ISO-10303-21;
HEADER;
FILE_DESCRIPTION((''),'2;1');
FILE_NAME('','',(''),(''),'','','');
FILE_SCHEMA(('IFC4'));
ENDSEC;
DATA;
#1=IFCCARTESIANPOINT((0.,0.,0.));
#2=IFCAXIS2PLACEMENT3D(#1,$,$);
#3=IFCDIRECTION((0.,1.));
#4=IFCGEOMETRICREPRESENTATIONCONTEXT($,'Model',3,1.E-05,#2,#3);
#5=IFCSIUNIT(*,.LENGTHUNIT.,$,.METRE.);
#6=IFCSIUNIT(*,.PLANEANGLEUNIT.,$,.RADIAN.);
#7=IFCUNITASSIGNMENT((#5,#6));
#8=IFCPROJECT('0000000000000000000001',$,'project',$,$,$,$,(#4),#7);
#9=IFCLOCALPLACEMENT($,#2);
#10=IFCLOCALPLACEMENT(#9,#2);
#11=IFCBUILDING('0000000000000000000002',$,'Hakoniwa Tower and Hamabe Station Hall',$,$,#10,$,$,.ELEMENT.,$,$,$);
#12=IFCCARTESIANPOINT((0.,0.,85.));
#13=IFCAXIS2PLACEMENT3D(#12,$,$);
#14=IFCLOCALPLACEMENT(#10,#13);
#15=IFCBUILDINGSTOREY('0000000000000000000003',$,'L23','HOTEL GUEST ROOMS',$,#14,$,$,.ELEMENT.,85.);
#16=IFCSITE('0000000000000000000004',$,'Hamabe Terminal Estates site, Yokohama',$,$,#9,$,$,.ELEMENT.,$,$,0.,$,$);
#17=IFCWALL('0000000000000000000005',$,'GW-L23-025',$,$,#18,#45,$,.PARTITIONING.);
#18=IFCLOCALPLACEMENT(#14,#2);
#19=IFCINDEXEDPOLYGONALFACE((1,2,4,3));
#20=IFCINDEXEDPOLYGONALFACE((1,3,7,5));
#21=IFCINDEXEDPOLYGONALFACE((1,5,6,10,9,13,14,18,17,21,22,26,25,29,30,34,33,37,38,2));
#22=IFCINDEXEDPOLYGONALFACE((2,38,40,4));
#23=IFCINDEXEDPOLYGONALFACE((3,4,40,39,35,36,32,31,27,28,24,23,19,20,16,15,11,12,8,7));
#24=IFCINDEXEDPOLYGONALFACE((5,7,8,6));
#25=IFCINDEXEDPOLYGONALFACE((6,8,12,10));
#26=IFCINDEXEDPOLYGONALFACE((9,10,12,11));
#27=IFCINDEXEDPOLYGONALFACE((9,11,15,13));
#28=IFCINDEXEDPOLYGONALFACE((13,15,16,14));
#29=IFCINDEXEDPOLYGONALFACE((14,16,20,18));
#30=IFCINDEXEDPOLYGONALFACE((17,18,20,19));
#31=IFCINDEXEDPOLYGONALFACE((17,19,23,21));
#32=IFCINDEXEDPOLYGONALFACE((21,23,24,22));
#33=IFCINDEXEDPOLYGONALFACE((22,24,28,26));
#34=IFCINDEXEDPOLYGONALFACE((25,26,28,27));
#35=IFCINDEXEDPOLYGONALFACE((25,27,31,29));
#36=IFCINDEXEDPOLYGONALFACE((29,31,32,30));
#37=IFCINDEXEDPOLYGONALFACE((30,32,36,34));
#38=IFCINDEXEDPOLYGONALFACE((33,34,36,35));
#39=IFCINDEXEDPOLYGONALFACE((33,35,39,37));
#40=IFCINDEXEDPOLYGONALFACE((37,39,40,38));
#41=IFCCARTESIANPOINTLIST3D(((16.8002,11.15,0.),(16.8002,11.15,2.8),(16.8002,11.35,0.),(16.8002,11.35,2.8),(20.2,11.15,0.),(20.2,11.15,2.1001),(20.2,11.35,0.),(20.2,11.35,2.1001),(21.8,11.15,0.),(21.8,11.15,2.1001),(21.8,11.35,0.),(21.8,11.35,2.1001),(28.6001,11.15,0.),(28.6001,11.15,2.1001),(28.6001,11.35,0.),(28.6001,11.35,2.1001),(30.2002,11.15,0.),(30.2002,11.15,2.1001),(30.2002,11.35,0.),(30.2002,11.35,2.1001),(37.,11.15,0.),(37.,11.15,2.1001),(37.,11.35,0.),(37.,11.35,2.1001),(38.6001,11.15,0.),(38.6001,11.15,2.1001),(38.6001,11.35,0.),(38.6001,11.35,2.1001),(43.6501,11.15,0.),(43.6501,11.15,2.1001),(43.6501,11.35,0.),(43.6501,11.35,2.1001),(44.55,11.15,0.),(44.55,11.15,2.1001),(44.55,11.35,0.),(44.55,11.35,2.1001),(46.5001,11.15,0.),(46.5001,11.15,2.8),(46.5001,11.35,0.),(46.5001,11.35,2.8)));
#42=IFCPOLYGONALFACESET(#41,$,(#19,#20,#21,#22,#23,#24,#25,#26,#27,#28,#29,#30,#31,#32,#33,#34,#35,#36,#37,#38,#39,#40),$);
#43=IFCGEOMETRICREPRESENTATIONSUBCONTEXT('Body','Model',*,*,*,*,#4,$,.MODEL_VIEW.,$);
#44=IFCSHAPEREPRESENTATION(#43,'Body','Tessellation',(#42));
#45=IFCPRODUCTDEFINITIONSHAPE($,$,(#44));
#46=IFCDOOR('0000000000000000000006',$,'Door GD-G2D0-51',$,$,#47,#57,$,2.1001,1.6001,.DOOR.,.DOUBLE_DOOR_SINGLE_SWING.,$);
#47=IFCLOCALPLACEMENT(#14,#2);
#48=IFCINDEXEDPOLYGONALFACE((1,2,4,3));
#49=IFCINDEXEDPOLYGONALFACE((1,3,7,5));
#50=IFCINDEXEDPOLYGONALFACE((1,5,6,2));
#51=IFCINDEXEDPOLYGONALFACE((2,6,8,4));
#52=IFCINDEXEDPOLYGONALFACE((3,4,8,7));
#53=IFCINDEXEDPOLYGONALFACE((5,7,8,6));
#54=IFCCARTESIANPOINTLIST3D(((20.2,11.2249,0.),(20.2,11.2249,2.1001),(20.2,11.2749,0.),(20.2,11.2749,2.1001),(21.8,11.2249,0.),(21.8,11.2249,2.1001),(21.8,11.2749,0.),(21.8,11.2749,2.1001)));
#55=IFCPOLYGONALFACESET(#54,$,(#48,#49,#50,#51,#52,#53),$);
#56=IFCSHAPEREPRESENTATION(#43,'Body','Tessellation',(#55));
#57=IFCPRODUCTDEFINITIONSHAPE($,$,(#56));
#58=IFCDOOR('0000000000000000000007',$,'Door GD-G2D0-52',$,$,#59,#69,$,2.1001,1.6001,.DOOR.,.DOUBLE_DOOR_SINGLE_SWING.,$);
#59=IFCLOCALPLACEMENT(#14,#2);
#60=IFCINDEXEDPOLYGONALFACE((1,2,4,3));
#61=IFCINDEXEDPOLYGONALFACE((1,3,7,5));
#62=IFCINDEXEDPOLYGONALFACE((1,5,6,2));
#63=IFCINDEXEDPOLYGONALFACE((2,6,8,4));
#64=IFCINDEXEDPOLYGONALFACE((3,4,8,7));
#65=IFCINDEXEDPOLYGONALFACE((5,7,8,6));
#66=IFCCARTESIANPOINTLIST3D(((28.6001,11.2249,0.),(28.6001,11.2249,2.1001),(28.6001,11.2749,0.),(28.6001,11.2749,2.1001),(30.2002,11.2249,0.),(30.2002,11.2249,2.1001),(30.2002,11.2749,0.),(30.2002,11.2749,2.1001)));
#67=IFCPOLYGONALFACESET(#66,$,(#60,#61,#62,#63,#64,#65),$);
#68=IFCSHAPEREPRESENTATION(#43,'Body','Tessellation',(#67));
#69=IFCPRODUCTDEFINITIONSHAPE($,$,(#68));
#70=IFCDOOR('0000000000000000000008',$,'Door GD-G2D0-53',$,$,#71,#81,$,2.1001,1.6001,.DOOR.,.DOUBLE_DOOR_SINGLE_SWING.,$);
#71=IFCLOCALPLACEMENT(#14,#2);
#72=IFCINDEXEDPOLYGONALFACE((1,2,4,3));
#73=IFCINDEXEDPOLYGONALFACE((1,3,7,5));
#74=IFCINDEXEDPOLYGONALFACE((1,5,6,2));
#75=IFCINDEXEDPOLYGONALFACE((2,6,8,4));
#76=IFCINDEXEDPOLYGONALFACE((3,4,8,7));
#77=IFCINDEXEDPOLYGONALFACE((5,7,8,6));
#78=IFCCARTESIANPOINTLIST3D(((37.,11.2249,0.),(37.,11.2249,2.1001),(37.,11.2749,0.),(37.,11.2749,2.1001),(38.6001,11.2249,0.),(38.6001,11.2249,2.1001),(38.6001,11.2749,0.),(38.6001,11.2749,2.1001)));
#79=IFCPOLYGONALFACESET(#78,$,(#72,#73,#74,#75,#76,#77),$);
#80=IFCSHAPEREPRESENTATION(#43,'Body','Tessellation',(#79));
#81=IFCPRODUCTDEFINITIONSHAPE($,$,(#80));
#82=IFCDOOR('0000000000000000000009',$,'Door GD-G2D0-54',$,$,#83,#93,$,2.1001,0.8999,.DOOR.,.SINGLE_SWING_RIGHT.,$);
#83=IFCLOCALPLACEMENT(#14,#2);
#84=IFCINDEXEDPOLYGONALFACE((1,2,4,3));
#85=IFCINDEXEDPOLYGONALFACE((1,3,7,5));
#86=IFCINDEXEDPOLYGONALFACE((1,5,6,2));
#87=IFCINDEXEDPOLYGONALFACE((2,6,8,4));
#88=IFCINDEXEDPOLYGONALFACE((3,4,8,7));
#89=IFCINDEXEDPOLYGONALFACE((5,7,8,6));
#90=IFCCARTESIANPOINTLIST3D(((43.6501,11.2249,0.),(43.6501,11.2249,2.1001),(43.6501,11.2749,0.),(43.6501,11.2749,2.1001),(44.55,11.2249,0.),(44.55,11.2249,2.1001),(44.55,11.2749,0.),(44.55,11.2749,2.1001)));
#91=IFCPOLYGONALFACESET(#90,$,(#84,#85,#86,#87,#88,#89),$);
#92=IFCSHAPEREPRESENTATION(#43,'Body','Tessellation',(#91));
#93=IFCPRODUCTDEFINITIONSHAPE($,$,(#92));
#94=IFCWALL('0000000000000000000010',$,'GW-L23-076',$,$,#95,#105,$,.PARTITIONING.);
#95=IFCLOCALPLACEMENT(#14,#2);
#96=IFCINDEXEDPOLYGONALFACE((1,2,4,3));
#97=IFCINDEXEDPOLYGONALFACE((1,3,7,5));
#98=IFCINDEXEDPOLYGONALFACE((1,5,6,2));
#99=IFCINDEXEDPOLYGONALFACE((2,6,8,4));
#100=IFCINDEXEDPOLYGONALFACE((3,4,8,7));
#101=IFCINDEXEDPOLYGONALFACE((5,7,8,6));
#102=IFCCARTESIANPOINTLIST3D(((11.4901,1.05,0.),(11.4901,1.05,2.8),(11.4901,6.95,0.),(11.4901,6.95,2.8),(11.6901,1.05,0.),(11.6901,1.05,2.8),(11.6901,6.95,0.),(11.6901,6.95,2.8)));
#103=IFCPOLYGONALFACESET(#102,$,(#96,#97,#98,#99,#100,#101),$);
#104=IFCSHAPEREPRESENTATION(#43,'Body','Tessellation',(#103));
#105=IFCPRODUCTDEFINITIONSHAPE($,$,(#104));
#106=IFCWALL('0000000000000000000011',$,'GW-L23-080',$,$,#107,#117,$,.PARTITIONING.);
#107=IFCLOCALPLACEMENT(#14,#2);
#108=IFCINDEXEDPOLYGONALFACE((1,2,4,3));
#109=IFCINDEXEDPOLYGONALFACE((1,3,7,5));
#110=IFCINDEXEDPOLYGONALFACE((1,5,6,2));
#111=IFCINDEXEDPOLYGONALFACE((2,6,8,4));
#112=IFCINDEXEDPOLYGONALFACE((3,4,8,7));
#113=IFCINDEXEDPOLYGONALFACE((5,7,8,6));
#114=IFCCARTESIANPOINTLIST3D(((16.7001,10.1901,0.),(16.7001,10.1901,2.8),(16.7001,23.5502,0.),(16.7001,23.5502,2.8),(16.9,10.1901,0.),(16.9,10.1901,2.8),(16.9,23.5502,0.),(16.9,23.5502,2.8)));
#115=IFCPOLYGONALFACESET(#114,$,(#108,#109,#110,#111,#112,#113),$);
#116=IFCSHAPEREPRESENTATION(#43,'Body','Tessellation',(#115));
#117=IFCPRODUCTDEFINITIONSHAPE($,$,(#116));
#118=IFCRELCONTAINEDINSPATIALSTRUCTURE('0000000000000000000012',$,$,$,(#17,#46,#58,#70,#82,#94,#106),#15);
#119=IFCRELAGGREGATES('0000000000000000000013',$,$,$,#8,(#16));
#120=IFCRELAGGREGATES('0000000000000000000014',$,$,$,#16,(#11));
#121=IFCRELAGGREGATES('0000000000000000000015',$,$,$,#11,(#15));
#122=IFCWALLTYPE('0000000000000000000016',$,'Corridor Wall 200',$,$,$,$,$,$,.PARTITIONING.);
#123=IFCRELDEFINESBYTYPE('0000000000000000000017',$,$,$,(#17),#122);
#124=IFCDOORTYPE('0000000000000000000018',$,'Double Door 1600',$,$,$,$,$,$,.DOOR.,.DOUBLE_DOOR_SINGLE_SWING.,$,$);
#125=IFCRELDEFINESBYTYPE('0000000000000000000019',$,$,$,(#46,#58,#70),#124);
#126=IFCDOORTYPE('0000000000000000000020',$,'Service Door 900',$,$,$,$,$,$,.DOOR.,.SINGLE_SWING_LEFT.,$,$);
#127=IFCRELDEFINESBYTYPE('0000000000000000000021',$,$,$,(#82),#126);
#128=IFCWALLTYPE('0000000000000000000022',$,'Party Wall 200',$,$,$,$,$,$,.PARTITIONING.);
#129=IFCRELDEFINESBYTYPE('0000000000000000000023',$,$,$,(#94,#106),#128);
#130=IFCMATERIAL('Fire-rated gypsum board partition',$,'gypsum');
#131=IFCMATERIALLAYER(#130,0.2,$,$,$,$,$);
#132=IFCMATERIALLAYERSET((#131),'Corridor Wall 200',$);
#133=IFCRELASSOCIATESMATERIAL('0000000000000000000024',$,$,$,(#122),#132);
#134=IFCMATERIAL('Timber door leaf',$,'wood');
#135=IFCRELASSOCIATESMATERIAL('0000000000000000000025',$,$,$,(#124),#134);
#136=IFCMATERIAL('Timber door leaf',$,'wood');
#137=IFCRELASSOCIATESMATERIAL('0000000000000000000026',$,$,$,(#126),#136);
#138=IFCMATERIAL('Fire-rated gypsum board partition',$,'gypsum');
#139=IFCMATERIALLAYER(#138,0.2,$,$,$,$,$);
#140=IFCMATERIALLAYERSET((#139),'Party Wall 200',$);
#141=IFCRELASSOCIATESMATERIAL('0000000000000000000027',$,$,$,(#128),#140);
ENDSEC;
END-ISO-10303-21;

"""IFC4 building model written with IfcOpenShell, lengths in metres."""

from ifc_helpers import new_model, si_unit, direction, frame, frame_2d, origin, place, context, subcontext, project, spatial, rectangle, extrude, material, layer, layer_set, type_object, element, fill, save


model = new_model("IFC4")

# Units and contexts
model_context = context("Model", 3, precision=1e-05, world=origin(), true_north=direction((0.0, 1.0)))
body_context = subcontext(model_context, "Body", "Model", "MODEL_VIEW")
ifc_project = project(units=[si_unit("LENGTHUNIT", "METRE"), si_unit("PLANEANGLEUNIT", "RADIAN")], contexts=[model_context])

# Site, building, storey
site_placement = place(None, origin())
site = spatial("IfcSite", under=ifc_project, at=site_placement, Name="Hamabe Terminal Estates site, Yokohama", CompositionType="ELEMENT", RefElevation=0.0)
building_placement = place(site_placement, origin())
building = spatial("IfcBuilding", under=site, at=building_placement, Name="Hakoniwa Tower and Hamabe Station Hall", CompositionType="ELEMENT")
storey_placement = place(building_placement, frame((0.0, 0.0, 85.0)))
storey = spatial("IfcBuildingStorey", under=building, at=storey_placement, Name="L23", Description="HOTEL GUEST ROOMS", CompositionType="ELEMENT", Elevation=85.0)

# Wall, openings, doors
ifc_material_1 = material(Name="Fire-rated gypsum board partition", Category="gypsum")
ifc_layer_1 = layer(ifc_material_1, 0.2)
ifc_layer_set_1 = layer_set([ifc_layer_1], Name="Corridor Wall 200")
wall_type_1 = type_object("IfcWallType", Name="Corridor Wall 200", PredefinedType="PARTITIONING", material=ifc_layer_set_1)
wall_1_placement = place(storey_placement, frame((16.8, 11.25, 0.0), z_axis=(0.0, 0.0, 1.0), x_axis=(1.0, 0.0, 0.0)))
wall_1 = element("IfcWall", 1, at=wall_1_placement, inside=storey, type_object=wall_type_1, Name="GW-L23-025", PredefinedType="PARTITIONING", context=body_context, shape_type="SweptSolid", body=[
    extrude(rectangle(XDim=29.7, YDim=0.2, at=frame_2d((14.8501, 0.0))), origin(), (0.0, 0.0, 1.0), 2.8),
])
opening_1_placement = place(wall_1_placement, frame((3.3999, 0.0, 0.0)))
opening_1 = element("IfcOpeningElement", 2, at=opening_1_placement, cuts=wall_1, PredefinedType="OPENING", context=body_context, shape_type="SweptSolid", body=[
    extrude(rectangle(XDim=1.6001, YDim=2.1001, at=frame_2d((0.8, 1.05))), frame((0.0, 0.1099, 0.0), z_axis=(0.0, -1.0, 0.0), x_axis=(1.0, 0.0, 0.0)), (0.0, 0.0, 1.0), 0.22),
])
opening_2_placement = place(wall_1_placement, frame((11.8, 0.0, 0.0)))
opening_2 = element("IfcOpeningElement", 3, at=opening_2_placement, cuts=wall_1, PredefinedType="OPENING", context=body_context, shape_type="SweptSolid", body=[
    extrude(rectangle(XDim=1.6001, YDim=2.1001, at=frame_2d((0.8, 1.05))), frame((0.0, 0.1099, 0.0), z_axis=(0.0, -1.0, 0.0), x_axis=(1.0, 0.0, 0.0)), (0.0, 0.0, 1.0), 0.22),
])
opening_3_placement = place(wall_1_placement, frame((20.2, 0.0, 0.0)))
opening_3 = element("IfcOpeningElement", 4, at=opening_3_placement, cuts=wall_1, PredefinedType="OPENING", context=body_context, shape_type="SweptSolid", body=[
    extrude(rectangle(XDim=1.6001, YDim=2.1001, at=frame_2d((0.8, 1.05))), frame((0.0, 0.1099, 0.0), z_axis=(0.0, -1.0, 0.0), x_axis=(1.0, 0.0, 0.0)), (0.0, 0.0, 1.0), 0.22),
])
opening_4_placement = place(wall_1_placement, frame((26.8501, 0.0, 0.0)))
opening_4 = element("IfcOpeningElement", 5, at=opening_4_placement, cuts=wall_1, PredefinedType="OPENING", context=body_context, shape_type="SweptSolid", body=[
    extrude(rectangle(XDim=0.8999, YDim=2.1001, at=frame_2d((0.45, 1.05))), frame((0.0, 0.1099, 0.0), z_axis=(0.0, -1.0, 0.0), x_axis=(1.0, 0.0, 0.0)), (0.0, 0.0, 1.0), 0.22),
])
ifc_material_2 = material(Name="Timber door leaf", Category="wood")
door_type_1 = type_object("IfcDoorType", Name="Double Door 1600", OperationType="DOUBLE_DOOR_SINGLE_SWING", PredefinedType="DOOR", material=ifc_material_2)
door_1_placement = place(opening_1_placement, origin())
door_1 = element("IfcDoor", 6, at=door_1_placement, inside=storey, type_object=door_type_1, Name="Door GD-G2D0-51", OperationType="DOUBLE_DOOR_SINGLE_SWING", OverallHeight=2.1001, OverallWidth=1.6001, PredefinedType="DOOR", context=body_context, shape_type="SweptSolid", body=[
    extrude(rectangle(XDim=1.6001, YDim=2.1001, at=frame_2d((0.8, 1.05))), frame((0.0, 0.0249, 0.0), z_axis=(0.0, -1.0, 0.0), x_axis=(1.0, 0.0, 0.0)), (0.0, 0.0, 1.0), 0.05),
])
fill(opening_1, door_1)
door_2_placement = place(opening_2_placement, origin())
door_2 = element("IfcDoor", 7, at=door_2_placement, inside=storey, type_object=door_type_1, Name="Door GD-G2D0-52", OperationType="DOUBLE_DOOR_SINGLE_SWING", OverallHeight=2.1001, OverallWidth=1.6001, PredefinedType="DOOR", context=body_context, shape_type="SweptSolid", body=[
    extrude(rectangle(XDim=1.6001, YDim=2.1001, at=frame_2d((0.8, 1.05))), frame((0.0, 0.0249, 0.0), z_axis=(0.0, -1.0, 0.0), x_axis=(1.0, 0.0, 0.0)), (0.0, 0.0, 1.0), 0.05),
])
fill(opening_2, door_2)
door_3_placement = place(opening_3_placement, origin())
door_3 = element("IfcDoor", 8, at=door_3_placement, inside=storey, type_object=door_type_1, Name="Door GD-G2D0-53", OperationType="DOUBLE_DOOR_SINGLE_SWING", OverallHeight=2.1001, OverallWidth=1.6001, PredefinedType="DOOR", context=body_context, shape_type="SweptSolid", body=[
    extrude(rectangle(XDim=1.6001, YDim=2.1001, at=frame_2d((0.8, 1.05))), frame((0.0, 0.0249, 0.0), z_axis=(0.0, -1.0, 0.0), x_axis=(1.0, 0.0, 0.0)), (0.0, 0.0, 1.0), 0.05),
])
fill(opening_3, door_3)
ifc_material_3 = material(Name="Timber door leaf", Category="wood")
door_type_2 = type_object("IfcDoorType", Name="Service Door 900", OperationType="SINGLE_SWING_LEFT", PredefinedType="DOOR", material=ifc_material_3)
door_4_placement = place(opening_4_placement, origin())
door_4 = element("IfcDoor", 9, at=door_4_placement, inside=storey, type_object=door_type_2, Name="Door GD-G2D0-54", OperationType="SINGLE_SWING_RIGHT", OverallHeight=2.1001, OverallWidth=0.8999, PredefinedType="DOOR", context=body_context, shape_type="SweptSolid", body=[
    extrude(rectangle(XDim=0.8999, YDim=2.1001, at=frame_2d((0.45, 1.05))), frame((0.0, 0.0249, 0.0), z_axis=(0.0, -1.0, 0.0), x_axis=(1.0, 0.0, 0.0)), (0.0, 0.0, 1.0), 0.05),
])
fill(opening_4, door_4)

# Walls
ifc_material_4 = material(Name="Fire-rated gypsum board partition", Category="gypsum")
ifc_layer_2 = layer(ifc_material_4, 0.2)
ifc_layer_set_2 = layer_set([ifc_layer_2], Name="Party Wall 200")
wall_type_2 = type_object("IfcWallType", Name="Party Wall 200", PredefinedType="PARTITIONING", material=ifc_layer_set_2)
wall_2_placement = place(storey_placement, frame((11.5901, 1.05, 0.0), z_axis=(0.0, 0.0, 1.0), x_axis=(0.0, 1.0, 0.0)))
element("IfcWall", 10, at=wall_2_placement, inside=storey, type_object=wall_type_2, Name="GW-L23-076", PredefinedType="PARTITIONING", context=body_context, shape_type="SweptSolid", body=[
    extrude(rectangle(XDim=5.8999, YDim=0.2, at=frame_2d((2.95, 0.0))), origin(), (0.0, 0.0, 1.0), 2.8),
])
wall_3_placement = place(storey_placement, frame((16.8, 10.1899, 0.0), z_axis=(0.0, 0.0, 1.0), x_axis=(0.0, 1.0, 0.0)))
element("IfcWall", 11, at=wall_3_placement, inside=storey, type_object=wall_type_2, Name="GW-L23-080", PredefinedType="PARTITIONING", context=body_context, shape_type="SweptSolid", body=[
    extrude(rectangle(XDim=13.3601, YDim=0.2, at=frame_2d((6.6802, 0.0))), origin(), (0.0, 0.0, 1.0), 2.8),
])

save(model, "model.ifc")
